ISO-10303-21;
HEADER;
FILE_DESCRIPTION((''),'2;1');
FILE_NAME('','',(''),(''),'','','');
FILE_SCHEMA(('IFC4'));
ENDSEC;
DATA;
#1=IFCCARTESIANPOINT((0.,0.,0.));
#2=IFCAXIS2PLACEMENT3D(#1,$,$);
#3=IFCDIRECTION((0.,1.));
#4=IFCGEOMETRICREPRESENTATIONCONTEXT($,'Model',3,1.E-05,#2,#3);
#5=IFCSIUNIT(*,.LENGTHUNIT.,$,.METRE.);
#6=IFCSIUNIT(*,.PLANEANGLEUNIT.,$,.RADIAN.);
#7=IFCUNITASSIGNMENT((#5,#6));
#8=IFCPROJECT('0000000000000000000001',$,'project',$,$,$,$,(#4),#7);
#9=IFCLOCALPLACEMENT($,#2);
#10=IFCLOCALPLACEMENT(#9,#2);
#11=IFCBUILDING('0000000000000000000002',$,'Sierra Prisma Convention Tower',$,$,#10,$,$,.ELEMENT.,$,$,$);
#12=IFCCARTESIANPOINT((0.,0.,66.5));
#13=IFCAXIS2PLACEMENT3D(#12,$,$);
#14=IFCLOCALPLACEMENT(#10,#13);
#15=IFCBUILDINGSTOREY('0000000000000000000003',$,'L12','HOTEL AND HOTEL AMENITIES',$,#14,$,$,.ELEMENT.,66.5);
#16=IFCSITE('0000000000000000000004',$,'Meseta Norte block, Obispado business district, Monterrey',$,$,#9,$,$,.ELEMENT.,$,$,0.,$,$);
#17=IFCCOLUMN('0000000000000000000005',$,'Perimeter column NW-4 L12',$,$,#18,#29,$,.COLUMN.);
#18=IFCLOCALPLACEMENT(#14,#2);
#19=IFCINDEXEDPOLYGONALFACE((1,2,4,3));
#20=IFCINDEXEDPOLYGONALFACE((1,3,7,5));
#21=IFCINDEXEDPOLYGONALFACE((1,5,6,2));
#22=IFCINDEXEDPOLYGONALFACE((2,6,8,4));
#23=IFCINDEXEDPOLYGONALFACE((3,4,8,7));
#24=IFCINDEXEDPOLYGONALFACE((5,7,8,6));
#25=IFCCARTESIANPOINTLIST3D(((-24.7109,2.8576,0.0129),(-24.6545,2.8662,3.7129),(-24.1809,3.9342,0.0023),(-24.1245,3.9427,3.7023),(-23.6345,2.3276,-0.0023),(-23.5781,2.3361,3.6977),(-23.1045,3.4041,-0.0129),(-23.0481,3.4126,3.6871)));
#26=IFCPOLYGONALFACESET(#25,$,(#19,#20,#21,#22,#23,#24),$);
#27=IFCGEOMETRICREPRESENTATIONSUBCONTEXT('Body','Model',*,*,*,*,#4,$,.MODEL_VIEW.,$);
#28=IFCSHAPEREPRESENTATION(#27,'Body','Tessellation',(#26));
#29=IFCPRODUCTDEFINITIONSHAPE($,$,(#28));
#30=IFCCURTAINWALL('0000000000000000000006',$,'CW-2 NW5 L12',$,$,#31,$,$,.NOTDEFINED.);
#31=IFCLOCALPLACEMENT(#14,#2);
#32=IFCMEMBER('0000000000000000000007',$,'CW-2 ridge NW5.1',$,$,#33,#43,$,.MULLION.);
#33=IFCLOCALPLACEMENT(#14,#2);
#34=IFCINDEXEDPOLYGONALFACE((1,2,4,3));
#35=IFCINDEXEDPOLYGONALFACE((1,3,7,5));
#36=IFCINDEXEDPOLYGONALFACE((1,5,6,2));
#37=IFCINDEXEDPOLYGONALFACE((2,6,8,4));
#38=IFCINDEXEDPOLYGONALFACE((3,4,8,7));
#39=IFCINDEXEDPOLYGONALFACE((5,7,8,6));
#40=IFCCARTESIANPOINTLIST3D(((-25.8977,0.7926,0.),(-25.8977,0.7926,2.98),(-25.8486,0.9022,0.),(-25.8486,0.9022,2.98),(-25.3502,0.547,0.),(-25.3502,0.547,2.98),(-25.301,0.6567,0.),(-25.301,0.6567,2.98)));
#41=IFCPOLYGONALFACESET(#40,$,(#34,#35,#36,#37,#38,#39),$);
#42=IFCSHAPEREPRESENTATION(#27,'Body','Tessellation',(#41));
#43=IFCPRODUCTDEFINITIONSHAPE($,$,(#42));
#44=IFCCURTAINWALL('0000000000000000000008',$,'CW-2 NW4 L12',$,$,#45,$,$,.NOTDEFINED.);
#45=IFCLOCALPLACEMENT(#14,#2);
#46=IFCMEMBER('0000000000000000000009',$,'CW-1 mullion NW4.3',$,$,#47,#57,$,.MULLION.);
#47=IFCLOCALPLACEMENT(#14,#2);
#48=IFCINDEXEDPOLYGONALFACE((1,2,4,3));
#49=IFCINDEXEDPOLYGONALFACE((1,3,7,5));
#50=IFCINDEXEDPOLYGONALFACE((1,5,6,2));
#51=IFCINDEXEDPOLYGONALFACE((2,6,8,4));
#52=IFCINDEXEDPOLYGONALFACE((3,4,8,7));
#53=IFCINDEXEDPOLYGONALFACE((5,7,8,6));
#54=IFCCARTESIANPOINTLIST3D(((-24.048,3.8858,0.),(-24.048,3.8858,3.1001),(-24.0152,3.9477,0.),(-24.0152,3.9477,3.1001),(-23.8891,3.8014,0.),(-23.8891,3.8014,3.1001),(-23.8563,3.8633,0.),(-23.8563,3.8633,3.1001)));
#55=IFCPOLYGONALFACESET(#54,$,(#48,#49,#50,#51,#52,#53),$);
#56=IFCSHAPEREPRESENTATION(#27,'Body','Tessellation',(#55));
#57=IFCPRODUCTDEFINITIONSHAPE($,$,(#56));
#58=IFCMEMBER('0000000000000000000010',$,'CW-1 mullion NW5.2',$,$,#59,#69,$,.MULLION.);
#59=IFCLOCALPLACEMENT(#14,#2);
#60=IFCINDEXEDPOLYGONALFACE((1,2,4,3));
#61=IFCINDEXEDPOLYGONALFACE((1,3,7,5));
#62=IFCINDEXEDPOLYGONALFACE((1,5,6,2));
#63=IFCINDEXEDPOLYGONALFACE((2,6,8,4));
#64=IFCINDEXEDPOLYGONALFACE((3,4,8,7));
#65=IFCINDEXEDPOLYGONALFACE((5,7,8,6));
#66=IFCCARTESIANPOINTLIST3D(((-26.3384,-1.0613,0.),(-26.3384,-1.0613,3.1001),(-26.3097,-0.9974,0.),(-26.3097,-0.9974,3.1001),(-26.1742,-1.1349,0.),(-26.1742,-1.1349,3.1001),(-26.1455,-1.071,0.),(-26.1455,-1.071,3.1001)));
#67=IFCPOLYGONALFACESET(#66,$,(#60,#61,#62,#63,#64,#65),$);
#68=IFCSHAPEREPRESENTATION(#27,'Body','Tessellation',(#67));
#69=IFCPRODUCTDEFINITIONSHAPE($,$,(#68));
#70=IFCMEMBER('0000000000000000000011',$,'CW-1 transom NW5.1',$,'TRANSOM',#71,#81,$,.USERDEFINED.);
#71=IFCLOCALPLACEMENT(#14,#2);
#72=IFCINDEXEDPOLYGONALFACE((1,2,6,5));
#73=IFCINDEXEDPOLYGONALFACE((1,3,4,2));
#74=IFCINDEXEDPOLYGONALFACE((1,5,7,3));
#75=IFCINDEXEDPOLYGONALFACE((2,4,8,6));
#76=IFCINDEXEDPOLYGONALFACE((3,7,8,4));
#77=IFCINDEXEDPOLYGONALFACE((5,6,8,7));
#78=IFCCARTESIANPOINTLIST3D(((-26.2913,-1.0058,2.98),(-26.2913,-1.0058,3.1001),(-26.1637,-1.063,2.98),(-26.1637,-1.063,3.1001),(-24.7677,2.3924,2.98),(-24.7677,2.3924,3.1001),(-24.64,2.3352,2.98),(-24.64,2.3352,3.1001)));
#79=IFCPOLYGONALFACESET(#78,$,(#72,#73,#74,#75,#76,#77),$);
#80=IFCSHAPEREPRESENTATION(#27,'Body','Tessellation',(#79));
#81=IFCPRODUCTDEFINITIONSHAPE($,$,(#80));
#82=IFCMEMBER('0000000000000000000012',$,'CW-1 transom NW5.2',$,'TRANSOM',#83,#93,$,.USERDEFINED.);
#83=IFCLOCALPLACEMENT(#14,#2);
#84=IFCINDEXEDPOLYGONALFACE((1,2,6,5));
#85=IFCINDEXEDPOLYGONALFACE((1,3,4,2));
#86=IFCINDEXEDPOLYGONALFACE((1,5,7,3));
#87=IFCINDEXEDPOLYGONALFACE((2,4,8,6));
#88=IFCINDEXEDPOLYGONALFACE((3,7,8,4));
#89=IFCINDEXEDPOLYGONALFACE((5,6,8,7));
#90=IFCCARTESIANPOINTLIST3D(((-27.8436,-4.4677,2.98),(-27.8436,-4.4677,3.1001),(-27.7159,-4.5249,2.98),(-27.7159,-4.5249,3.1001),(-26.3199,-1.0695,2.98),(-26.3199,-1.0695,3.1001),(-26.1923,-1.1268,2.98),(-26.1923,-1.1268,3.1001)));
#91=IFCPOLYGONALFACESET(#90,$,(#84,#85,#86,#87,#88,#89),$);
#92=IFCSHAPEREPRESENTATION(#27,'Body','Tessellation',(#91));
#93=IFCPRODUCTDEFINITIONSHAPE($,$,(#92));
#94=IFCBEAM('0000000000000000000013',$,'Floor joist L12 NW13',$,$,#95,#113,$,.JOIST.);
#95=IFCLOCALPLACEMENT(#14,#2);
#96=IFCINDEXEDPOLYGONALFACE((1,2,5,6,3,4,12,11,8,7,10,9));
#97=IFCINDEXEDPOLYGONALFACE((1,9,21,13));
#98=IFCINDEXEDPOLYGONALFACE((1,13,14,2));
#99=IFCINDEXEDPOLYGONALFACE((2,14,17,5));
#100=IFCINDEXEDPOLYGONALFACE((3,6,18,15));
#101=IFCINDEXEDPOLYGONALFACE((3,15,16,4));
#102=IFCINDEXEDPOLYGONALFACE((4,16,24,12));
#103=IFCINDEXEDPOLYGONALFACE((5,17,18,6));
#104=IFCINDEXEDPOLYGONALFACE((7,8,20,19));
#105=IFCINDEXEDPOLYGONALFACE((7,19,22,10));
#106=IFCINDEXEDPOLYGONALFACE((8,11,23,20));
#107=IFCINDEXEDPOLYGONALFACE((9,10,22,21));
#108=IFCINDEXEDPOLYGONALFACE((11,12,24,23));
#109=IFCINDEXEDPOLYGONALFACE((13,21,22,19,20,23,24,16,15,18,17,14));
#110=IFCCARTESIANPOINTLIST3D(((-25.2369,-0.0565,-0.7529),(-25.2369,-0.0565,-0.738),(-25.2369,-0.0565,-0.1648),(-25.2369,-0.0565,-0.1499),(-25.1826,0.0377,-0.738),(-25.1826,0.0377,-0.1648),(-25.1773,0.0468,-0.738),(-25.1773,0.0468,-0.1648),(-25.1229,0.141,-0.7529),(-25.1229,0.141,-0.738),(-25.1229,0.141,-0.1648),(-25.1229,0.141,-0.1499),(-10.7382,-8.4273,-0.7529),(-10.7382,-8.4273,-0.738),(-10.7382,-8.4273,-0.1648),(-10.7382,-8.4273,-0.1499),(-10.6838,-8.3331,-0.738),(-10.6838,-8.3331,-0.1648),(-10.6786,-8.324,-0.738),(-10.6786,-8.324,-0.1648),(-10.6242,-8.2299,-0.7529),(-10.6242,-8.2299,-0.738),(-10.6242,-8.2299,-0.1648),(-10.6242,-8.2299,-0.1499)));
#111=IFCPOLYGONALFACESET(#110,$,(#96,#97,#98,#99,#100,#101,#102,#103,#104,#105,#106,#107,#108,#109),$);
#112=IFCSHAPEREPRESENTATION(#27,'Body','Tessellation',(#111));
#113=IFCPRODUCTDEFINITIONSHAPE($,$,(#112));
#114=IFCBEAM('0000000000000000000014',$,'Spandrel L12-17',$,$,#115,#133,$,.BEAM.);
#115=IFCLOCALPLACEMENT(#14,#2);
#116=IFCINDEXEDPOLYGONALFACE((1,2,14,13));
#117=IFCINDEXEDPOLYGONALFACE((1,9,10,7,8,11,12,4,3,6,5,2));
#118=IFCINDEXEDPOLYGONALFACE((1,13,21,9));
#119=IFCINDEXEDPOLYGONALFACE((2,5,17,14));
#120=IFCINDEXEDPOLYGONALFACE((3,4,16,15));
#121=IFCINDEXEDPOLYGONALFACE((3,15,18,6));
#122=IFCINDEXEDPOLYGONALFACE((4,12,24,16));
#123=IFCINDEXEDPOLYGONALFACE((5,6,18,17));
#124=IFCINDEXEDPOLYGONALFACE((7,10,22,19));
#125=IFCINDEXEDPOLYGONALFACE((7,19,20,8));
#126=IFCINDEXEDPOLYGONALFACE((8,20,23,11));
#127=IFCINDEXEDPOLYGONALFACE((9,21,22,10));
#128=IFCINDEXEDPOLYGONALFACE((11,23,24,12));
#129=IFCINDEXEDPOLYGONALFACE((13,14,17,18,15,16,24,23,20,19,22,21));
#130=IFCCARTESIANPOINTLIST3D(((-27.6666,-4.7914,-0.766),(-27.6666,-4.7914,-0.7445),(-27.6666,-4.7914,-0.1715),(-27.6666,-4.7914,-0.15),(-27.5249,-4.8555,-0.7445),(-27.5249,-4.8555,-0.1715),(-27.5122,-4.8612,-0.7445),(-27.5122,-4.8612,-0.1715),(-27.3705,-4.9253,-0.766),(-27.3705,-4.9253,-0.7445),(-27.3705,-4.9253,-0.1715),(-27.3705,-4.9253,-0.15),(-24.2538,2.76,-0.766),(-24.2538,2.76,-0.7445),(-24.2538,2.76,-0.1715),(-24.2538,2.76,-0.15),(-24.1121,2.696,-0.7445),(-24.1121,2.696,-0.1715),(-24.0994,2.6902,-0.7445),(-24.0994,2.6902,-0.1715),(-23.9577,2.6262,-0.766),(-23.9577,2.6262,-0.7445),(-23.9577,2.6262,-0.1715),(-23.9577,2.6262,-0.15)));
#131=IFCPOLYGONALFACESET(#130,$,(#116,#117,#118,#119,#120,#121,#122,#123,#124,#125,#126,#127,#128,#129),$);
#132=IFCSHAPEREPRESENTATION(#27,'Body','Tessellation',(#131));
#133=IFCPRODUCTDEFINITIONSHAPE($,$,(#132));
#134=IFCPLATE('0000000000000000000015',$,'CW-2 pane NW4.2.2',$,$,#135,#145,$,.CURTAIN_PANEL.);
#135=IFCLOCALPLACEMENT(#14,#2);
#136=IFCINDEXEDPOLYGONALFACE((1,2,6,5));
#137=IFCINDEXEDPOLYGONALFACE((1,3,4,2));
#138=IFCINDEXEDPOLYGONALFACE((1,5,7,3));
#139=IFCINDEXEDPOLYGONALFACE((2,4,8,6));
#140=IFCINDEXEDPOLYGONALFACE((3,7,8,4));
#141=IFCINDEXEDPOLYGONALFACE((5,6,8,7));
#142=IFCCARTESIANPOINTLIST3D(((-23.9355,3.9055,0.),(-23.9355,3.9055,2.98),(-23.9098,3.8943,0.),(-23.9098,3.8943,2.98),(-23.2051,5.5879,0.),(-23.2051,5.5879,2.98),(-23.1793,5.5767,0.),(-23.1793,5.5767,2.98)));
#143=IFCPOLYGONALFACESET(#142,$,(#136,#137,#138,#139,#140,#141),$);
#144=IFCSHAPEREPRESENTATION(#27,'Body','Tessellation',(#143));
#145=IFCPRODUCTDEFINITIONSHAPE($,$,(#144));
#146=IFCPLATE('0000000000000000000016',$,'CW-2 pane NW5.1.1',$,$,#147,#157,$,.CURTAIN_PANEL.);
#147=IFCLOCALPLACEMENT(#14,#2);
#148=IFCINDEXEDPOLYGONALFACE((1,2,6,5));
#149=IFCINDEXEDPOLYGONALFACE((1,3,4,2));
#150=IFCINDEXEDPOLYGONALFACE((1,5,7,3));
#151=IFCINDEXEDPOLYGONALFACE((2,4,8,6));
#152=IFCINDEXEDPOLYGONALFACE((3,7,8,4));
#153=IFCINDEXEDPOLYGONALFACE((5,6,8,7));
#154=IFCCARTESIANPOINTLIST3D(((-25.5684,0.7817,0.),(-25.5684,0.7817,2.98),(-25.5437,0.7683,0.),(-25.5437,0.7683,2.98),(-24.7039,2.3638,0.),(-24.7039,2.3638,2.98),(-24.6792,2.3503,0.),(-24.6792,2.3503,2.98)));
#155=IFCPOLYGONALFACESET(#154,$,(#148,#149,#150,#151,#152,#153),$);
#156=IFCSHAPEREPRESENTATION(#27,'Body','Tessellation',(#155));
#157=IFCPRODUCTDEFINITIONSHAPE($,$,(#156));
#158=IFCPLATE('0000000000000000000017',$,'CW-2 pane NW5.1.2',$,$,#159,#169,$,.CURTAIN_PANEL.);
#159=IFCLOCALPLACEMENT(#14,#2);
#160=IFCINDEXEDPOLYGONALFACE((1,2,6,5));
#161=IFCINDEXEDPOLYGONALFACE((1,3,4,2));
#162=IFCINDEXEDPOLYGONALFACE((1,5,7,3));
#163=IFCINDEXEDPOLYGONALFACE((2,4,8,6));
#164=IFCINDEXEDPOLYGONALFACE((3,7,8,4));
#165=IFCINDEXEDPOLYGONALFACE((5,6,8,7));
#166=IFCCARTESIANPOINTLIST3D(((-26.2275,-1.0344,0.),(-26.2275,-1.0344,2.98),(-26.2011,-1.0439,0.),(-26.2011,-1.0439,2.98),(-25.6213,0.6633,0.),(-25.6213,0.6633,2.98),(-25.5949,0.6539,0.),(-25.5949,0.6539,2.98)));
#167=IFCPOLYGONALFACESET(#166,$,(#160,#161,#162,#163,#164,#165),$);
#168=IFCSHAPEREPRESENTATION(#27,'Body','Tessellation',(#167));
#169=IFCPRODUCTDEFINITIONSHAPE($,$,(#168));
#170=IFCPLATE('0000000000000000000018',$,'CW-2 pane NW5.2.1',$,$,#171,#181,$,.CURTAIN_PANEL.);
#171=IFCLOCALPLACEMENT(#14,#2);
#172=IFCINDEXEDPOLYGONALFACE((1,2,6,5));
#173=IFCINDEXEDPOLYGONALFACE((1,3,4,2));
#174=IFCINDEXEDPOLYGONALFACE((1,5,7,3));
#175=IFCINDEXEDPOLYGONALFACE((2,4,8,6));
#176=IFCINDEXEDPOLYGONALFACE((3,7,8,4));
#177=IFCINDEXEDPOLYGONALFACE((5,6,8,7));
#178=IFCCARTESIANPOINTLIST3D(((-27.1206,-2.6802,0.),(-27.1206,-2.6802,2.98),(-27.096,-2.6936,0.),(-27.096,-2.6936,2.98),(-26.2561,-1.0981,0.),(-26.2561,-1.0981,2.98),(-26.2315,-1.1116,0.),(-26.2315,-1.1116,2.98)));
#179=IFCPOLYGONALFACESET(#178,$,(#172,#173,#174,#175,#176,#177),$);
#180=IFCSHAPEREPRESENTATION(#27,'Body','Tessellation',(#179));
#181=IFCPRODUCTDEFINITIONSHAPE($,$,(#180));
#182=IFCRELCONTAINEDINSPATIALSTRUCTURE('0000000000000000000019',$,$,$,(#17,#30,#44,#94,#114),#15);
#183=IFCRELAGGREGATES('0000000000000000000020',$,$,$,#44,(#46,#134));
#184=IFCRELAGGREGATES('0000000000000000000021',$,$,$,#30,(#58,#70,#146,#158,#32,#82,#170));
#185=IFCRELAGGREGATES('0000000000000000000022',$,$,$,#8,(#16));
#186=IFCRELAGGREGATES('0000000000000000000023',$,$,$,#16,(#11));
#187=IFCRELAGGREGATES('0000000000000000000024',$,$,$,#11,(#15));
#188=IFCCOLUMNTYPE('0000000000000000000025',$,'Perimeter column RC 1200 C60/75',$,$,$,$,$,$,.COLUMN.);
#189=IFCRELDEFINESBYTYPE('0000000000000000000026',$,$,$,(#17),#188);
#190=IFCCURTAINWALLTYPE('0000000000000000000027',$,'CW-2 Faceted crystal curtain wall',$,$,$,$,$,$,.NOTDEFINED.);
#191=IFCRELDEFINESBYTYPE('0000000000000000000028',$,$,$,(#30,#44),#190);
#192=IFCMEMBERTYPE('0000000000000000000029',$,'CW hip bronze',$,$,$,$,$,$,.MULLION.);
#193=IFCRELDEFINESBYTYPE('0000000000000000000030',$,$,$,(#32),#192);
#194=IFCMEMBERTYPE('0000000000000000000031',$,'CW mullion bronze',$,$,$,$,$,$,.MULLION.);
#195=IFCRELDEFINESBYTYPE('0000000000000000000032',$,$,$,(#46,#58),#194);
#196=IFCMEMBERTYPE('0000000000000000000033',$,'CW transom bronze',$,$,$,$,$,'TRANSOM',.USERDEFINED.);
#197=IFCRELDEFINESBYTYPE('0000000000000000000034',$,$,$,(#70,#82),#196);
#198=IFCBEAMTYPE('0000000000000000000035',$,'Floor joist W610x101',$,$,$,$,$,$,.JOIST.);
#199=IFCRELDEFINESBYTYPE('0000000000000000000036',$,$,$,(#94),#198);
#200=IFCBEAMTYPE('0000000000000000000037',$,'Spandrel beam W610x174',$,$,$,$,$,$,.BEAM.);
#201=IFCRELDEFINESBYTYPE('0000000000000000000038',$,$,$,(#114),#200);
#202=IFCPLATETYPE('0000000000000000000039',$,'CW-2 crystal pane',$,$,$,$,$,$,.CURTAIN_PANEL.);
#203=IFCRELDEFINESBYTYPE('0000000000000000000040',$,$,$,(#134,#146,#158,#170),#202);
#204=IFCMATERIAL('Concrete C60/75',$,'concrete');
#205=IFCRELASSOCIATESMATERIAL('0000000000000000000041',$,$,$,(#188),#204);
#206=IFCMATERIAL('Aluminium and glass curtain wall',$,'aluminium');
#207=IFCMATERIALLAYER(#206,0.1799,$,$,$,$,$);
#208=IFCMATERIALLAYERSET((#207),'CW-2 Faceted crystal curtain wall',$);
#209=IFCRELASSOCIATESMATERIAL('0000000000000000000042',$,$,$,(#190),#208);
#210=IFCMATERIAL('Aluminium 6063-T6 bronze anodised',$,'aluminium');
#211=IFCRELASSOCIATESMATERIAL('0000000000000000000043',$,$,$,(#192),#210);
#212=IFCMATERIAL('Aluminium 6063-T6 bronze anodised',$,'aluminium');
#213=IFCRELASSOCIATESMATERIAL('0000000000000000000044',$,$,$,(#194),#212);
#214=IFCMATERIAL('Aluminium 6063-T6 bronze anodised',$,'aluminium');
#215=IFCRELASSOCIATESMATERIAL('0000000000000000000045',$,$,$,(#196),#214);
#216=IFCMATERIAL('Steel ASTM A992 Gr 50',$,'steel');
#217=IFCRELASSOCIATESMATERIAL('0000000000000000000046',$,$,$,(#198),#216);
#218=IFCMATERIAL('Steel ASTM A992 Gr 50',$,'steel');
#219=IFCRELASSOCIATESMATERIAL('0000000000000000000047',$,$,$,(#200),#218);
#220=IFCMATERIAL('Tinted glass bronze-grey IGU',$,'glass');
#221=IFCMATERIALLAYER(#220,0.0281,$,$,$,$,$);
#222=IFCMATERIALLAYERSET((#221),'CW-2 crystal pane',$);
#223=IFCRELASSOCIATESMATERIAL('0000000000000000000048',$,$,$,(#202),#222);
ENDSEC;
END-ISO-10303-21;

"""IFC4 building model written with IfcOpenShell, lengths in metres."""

from ifc_helpers import new_model, si_unit, direction, frame, origin, origin_2d, place, context, subcontext, project, spatial, polyline, rectangle, i_section, outline, extrude, material, layer, layer_set, material_profile, profile_set, type_object, element, aggregate, save


model = new_model("IFC4")

# Units and contexts
model_context = context("Model", 3, precision=1e-05, world=origin(), true_north=direction((0.0, 1.0)))
body_context = subcontext(model_context, "Body", "Model", "MODEL_VIEW")
ifc_project = project(units=[si_unit("LENGTHUNIT", "METRE"), si_unit("PLANEANGLEUNIT", "RADIAN")], contexts=[model_context])

# Site, building, storey
site_placement = place(None, origin())
site = spatial("IfcSite", under=ifc_project, at=site_placement, Name="Meseta Norte block, Obispado business district, Monterrey", CompositionType="ELEMENT", RefElevation=0.0)
building_placement = place(site_placement, origin())
building = spatial("IfcBuilding", under=site, at=building_placement, Name="Sierra Prisma Convention Tower", CompositionType="ELEMENT")
storey_placement = place(building_placement, frame((0.0, 0.0, 66.5)))
storey = spatial("IfcBuildingStorey", under=building, at=storey_placement, Name="L12", Description="HOTEL AND HOTEL AMENITIES", CompositionType="ELEMENT", Elevation=66.5)

# Column
ifc_material_1 = material(Name="Concrete C60/75", Category="concrete")
ifc_material_profile_1 = material_profile(ifc_material_1, rectangle(XDim=1.2, YDim=1.2, at=origin_2d()), Name="Perimeter column RC 1200 C60/75")
ifc_profile_set_1 = profile_set([ifc_material_profile_1], Name="Concrete C60/75")
column_type = type_object("IfcColumnType", Name="Perimeter column RC 1200 C60/75", PredefinedType="COLUMN", material=ifc_profile_set_1)
column_placement = place(storey_placement, frame((-23.9077, 3.1309, 0.0), z_axis=(0.015241, 0.002309, 0.999881), x_axis=(0.441668, 0.897136, -0.008804)))
element("IfcColumn", 1, at=column_placement, inside=storey, type_object=column_type, Name="Perimeter column NW-4 L12", PredefinedType="COLUMN", context=body_context, shape_type="SweptSolid", body=[
    extrude(rectangle(XDim=1.2, YDim=1.2, at=origin_2d()), origin(), (0.0, 0.0, 1.0), 3.7004),
])

# Curtain walls, members
ifc_material_2 = material(Name="Aluminium and glass curtain wall", Category="aluminium")
ifc_layer_1 = layer(ifc_material_2, 0.1799)
ifc_layer_set_1 = layer_set([ifc_layer_1], Name="CW-2 Faceted crystal curtain wall")
curtain_wall_type = type_object("IfcCurtainWallType", Name="CW-2 Faceted crystal curtain wall", PredefinedType="NOTDEFINED", material=ifc_layer_set_1)
curtain_wall_1_placement = place(storey_placement, origin())
curtain_wall_1 = element("IfcCurtainWall", 2, at=curtain_wall_1_placement, inside=storey, type_object=curtain_wall_type, Name="CW-2 NW5 L12", PredefinedType="NOTDEFINED")
ifc_material_3 = material(Name="Aluminium 6063-T6 bronze anodised", Category="aluminium")
ifc_material_profile_2 = material_profile(ifc_material_3, rectangle(XDim=0.1201, YDim=0.6001, at=origin_2d()), Name="ALU RIDGE BLADE 120x600")
ifc_profile_set_2 = profile_set([ifc_material_profile_2], Name="Aluminium 6063-T6 bronze anodised")
member_type_1 = type_object("IfcMemberType", Name="CW hip bronze", PredefinedType="MULLION", material=ifc_profile_set_2)
member_1_placement = place(storey_placement, frame((-25.5994, 0.7246, 0.0), z_axis=(0.0, 0.0, 1.0), x_axis=(-0.409132, -0.912475, 0.0)))
member_1 = element("IfcMember", 3, at=member_1_placement, type_object=member_type_1, Name="CW-2 ridge NW5.1", PredefinedType="MULLION", context=body_context, shape_type="SweptSolid", body=[
    extrude(rectangle(XDim=0.1201, YDim=0.6001, at=origin_2d()), origin(), (0.0, 0.0, 1.0), 2.98),
])
curtain_wall_2_placement = place(storey_placement, origin())
curtain_wall_2 = element("IfcCurtainWall", 4, at=curtain_wall_2_placement, inside=storey, type_object=curtain_wall_type, Name="CW-2 NW4 L12", PredefinedType="NOTDEFINED")
ifc_material_4 = material(Name="Aluminium 6063-T6 bronze anodised", Category="aluminium")
ifc_material_profile_3 = material_profile(ifc_material_4, rectangle(XDim=0.1799, YDim=0.0701, at=origin_2d()), Name="ALU MULLION 70x180")
ifc_profile_set_3 = profile_set([ifc_material_profile_3], Name="Aluminium 6063-T6 bronze anodised")
member_type_2 = type_object("IfcMemberType", Name="CW mullion bronze", PredefinedType="MULLION", material=ifc_profile_set_3)
member_2_placement = place(storey_placement, frame((-23.9521, 3.8745, 0.0), z_axis=(0.0, 0.0, 1.0), x_axis=(0.883156, -0.469079, 0.0)))
member_2 = element("IfcMember", 5, at=member_2_placement, type_object=member_type_2, Name="CW-1 mullion NW4.3", PredefinedType="MULLION", context=body_context, shape_type="SweptSolid", body=[
    extrude(rectangle(XDim=0.1799, YDim=0.0701, at=origin_2d()), origin(), (0.0, 0.0, 1.0), 3.1001),
])

# Members
member_3_placement = place(storey_placement, frame((-26.2419, -1.0662, 0.0), z_axis=(0.0, 0.0, 1.0), x_axis=(0.912475, -0.409132, 0.0)))
member_3 = element("IfcMember", 6, at=member_3_placement, type_object=member_type_2, Name="CW-1 mullion NW5.2", PredefinedType="MULLION", context=body_context, shape_type="SweptSolid", body=[
    extrude(rectangle(XDim=0.1799, YDim=0.0701, at=origin_2d()), origin(), (0.0, 0.0, 1.0), 3.1001),
])
ifc_material_5 = material(Name="Aluminium 6063-T6 bronze anodised", Category="aluminium")
ifc_material_profile_4 = material_profile(ifc_material_5, rectangle(XDim=0.1399, YDim=0.1201, at=origin_2d()), Name="ALU TRANSOM 120x140")
ifc_profile_set_4 = profile_set([ifc_material_profile_4], Name="Aluminium 6063-T6 bronze anodised")
member_type_3 = type_object("IfcMemberType", Name="CW transom bronze", ElementType="TRANSOM", PredefinedType="USERDEFINED", material=ifc_profile_set_4)
member_4_placement = place(storey_placement, frame((-24.7039, 2.3638, 3.04), z_axis=(-0.409135, -0.912474, 0.0), x_axis=(0.912474, -0.409135, 0.0)))
member_4 = element("IfcMember", 7, at=member_4_placement, type_object=member_type_3, Name="CW-1 transom NW5.1", ObjectType="TRANSOM", PredefinedType="USERDEFINED", context=body_context, shape_type="SweptSolid", body=[
    extrude(rectangle(XDim=0.1399, YDim=0.1201, at=origin_2d()), origin(), (0.0, 0.0, 1.0), 3.7241),
])
member_5_placement = place(storey_placement, frame((-26.2561, -1.0981, 3.04), z_axis=(-0.409135, -0.912474, 0.0), x_axis=(0.912474, -0.409135, 0.0)))
member_5 = element("IfcMember", 8, at=member_5_placement, type_object=member_type_3, Name="CW-1 transom NW5.2", ObjectType="TRANSOM", PredefinedType="USERDEFINED", context=body_context, shape_type="SweptSolid", body=[
    extrude(rectangle(XDim=0.1399, YDim=0.1201, at=origin_2d()), origin(), (0.0, 0.0, 1.0), 3.7241),
])

# Beams
ifc_material_6 = material(Name="Steel ASTM A992 Gr 50", Category="steel")
ifc_material_profile_5 = material_profile(ifc_material_6, i_section(OverallWidth=0.228, OverallDepth=0.603, WebThickness=0.0105, FlangeThickness=0.0149, at=origin_2d()), Name="W610x101")
ifc_profile_set_5 = profile_set([ifc_material_profile_5], Name="Steel ASTM A992 Gr 50")
beam_type_1 = type_object("IfcBeamType", Name="Floor joist W610x101", PredefinedType="JOIST", material=ifc_profile_set_5)
beam_1_placement = place(storey_placement, frame((-25.1799, 0.0422, -0.4514), z_axis=(0.866026, -0.499999, 0.0), x_axis=(0.499999, 0.866026, 0.0)))
element("IfcBeam", 9, at=beam_1_placement, inside=storey, type_object=beam_type_1, Name="Floor joist L12 NW13", PredefinedType="JOIST", context=body_context, shape_type="SweptSolid", body=[
    extrude(i_section(OverallWidth=0.228, OverallDepth=0.603, WebThickness=0.0105, FlangeThickness=0.0149, at=origin_2d()), origin(), (0.0, 0.0, 1.0), 16.7417),
])
ifc_material_7 = material(Name="Steel ASTM A992 Gr 50", Category="steel")
ifc_material_profile_6 = material_profile(ifc_material_7, i_section(OverallWidth=0.325, OverallDepth=0.616, WebThickness=0.0139, FlangeThickness=0.0215, at=origin_2d()), Name="W610x174")
ifc_profile_set_6 = profile_set([ifc_material_profile_6], Name="Steel ASTM A992 Gr 50")
beam_type_2 = type_object("IfcBeamType", Name="Spandrel beam W610x174", PredefinedType="BEAM", material=ifc_profile_set_6)
beam_2_placement = place(storey_placement, frame((-24.1057, 2.6931, -0.458), z_axis=(-0.411835, -0.911258, 0.0), x_axis=(0.911258, -0.411835, 0.0)))
element("IfcBeam", 10, at=beam_2_placement, inside=storey, type_object=beam_type_2, Name="Spandrel L12-17", PredefinedType="BEAM", context=body_context, shape_type="SweptSolid", body=[
    extrude(i_section(OverallWidth=0.325, OverallDepth=0.616, WebThickness=0.0139, FlangeThickness=0.0215, at=origin_2d()), origin(), (0.0, 0.0, 1.0), 8.2869),
])

# Plates
ifc_material_8 = material(Name="Tinted glass bronze-grey IGU", Category="glass")
ifc_layer_2 = layer(ifc_material_8, 0.0281)
ifc_layer_set_2 = layer_set([ifc_layer_2], Name="CW-2 crystal pane")
plate_type = type_object("IfcPlateType", Name="CW-2 crystal pane", PredefinedType="CURTAIN_PANEL", material=ifc_layer_set_2)
plate_1_placement = place(storey_placement, frame((-23.9355, 3.9055, 0.0), z_axis=(-0.917269, 0.398269, 0.0), x_axis=(0.398269, 0.917269, 0.0)))
plate_1 = element("IfcPlate", 11, at=plate_1_placement, type_object=plate_type, Name="CW-2 pane NW4.2.2", PredefinedType="CURTAIN_PANEL", context=body_context, shape_type="SweptSolid", body=[
    extrude(outline(polyline([(0.0, 0.0), (1.8341, 0.0), (1.8341, -2.98), (0.0, -2.98), (0.0, 0.0)])), origin(), (0.0, 0.0, -1.0), 0.0281),
])
aggregate(curtain_wall_2, [member_2, plate_1])
plate_2_placement = place(storey_placement, frame((-24.7039, 2.3638, 0.0), z_axis=(-0.877528, 0.479526, 0.0), x_axis=(-0.479526, -0.877528, 0.0)))
plate_2 = element("IfcPlate", 12, at=plate_2_placement, type_object=plate_type, Name="CW-2 pane NW5.1.1", PredefinedType="CURTAIN_PANEL", context=body_context, shape_type="SweptSolid", body=[
    extrude(outline(polyline([(0.0, 0.0), (1.8028, 0.0), (1.8028, 2.98), (0.0, 2.98), (0.0, 0.0)])), origin(), (0.0, 0.0, -1.0), 0.0281),
])
plate_3_placement = place(storey_placement, frame((-26.2275, -1.0344, 0.0), z_axis=(-0.941766, 0.336268, 0.0), x_axis=(0.336268, 0.941766, 0.0)))
plate_3 = element("IfcPlate", 13, at=plate_3_placement, type_object=plate_type, Name="CW-2 pane NW5.1.2", PredefinedType="CURTAIN_PANEL", context=body_context, shape_type="SweptSolid", body=[
    extrude(outline(polyline([(0.0, 0.0), (1.8027, 0.0), (1.8027, -2.98), (0.0, -2.98), (0.0, 0.0)])), origin(), (0.0, 0.0, -1.0), 0.0281),
])
plate_4_placement = place(storey_placement, frame((-26.2561, -1.0981, 0.0), z_axis=(-0.877528, 0.479526, 0.0), x_axis=(-0.479526, -0.877528, 0.0)))
plate_4 = element("IfcPlate", 14, at=plate_4_placement, type_object=plate_type, Name="CW-2 pane NW5.2.1", PredefinedType="CURTAIN_PANEL", context=body_context, shape_type="SweptSolid", body=[
    extrude(outline(polyline([(0.0, 0.0), (1.8028, 0.0), (1.8028, 2.98), (0.0, 2.98), (0.0, 0.0)])), origin(), (0.0, 0.0, -1.0), 0.0281),
])
aggregate(curtain_wall_1, [member_3, member_4, plate_2, plate_3, member_1, member_5, plate_4])

save(model, "model.ifc")
